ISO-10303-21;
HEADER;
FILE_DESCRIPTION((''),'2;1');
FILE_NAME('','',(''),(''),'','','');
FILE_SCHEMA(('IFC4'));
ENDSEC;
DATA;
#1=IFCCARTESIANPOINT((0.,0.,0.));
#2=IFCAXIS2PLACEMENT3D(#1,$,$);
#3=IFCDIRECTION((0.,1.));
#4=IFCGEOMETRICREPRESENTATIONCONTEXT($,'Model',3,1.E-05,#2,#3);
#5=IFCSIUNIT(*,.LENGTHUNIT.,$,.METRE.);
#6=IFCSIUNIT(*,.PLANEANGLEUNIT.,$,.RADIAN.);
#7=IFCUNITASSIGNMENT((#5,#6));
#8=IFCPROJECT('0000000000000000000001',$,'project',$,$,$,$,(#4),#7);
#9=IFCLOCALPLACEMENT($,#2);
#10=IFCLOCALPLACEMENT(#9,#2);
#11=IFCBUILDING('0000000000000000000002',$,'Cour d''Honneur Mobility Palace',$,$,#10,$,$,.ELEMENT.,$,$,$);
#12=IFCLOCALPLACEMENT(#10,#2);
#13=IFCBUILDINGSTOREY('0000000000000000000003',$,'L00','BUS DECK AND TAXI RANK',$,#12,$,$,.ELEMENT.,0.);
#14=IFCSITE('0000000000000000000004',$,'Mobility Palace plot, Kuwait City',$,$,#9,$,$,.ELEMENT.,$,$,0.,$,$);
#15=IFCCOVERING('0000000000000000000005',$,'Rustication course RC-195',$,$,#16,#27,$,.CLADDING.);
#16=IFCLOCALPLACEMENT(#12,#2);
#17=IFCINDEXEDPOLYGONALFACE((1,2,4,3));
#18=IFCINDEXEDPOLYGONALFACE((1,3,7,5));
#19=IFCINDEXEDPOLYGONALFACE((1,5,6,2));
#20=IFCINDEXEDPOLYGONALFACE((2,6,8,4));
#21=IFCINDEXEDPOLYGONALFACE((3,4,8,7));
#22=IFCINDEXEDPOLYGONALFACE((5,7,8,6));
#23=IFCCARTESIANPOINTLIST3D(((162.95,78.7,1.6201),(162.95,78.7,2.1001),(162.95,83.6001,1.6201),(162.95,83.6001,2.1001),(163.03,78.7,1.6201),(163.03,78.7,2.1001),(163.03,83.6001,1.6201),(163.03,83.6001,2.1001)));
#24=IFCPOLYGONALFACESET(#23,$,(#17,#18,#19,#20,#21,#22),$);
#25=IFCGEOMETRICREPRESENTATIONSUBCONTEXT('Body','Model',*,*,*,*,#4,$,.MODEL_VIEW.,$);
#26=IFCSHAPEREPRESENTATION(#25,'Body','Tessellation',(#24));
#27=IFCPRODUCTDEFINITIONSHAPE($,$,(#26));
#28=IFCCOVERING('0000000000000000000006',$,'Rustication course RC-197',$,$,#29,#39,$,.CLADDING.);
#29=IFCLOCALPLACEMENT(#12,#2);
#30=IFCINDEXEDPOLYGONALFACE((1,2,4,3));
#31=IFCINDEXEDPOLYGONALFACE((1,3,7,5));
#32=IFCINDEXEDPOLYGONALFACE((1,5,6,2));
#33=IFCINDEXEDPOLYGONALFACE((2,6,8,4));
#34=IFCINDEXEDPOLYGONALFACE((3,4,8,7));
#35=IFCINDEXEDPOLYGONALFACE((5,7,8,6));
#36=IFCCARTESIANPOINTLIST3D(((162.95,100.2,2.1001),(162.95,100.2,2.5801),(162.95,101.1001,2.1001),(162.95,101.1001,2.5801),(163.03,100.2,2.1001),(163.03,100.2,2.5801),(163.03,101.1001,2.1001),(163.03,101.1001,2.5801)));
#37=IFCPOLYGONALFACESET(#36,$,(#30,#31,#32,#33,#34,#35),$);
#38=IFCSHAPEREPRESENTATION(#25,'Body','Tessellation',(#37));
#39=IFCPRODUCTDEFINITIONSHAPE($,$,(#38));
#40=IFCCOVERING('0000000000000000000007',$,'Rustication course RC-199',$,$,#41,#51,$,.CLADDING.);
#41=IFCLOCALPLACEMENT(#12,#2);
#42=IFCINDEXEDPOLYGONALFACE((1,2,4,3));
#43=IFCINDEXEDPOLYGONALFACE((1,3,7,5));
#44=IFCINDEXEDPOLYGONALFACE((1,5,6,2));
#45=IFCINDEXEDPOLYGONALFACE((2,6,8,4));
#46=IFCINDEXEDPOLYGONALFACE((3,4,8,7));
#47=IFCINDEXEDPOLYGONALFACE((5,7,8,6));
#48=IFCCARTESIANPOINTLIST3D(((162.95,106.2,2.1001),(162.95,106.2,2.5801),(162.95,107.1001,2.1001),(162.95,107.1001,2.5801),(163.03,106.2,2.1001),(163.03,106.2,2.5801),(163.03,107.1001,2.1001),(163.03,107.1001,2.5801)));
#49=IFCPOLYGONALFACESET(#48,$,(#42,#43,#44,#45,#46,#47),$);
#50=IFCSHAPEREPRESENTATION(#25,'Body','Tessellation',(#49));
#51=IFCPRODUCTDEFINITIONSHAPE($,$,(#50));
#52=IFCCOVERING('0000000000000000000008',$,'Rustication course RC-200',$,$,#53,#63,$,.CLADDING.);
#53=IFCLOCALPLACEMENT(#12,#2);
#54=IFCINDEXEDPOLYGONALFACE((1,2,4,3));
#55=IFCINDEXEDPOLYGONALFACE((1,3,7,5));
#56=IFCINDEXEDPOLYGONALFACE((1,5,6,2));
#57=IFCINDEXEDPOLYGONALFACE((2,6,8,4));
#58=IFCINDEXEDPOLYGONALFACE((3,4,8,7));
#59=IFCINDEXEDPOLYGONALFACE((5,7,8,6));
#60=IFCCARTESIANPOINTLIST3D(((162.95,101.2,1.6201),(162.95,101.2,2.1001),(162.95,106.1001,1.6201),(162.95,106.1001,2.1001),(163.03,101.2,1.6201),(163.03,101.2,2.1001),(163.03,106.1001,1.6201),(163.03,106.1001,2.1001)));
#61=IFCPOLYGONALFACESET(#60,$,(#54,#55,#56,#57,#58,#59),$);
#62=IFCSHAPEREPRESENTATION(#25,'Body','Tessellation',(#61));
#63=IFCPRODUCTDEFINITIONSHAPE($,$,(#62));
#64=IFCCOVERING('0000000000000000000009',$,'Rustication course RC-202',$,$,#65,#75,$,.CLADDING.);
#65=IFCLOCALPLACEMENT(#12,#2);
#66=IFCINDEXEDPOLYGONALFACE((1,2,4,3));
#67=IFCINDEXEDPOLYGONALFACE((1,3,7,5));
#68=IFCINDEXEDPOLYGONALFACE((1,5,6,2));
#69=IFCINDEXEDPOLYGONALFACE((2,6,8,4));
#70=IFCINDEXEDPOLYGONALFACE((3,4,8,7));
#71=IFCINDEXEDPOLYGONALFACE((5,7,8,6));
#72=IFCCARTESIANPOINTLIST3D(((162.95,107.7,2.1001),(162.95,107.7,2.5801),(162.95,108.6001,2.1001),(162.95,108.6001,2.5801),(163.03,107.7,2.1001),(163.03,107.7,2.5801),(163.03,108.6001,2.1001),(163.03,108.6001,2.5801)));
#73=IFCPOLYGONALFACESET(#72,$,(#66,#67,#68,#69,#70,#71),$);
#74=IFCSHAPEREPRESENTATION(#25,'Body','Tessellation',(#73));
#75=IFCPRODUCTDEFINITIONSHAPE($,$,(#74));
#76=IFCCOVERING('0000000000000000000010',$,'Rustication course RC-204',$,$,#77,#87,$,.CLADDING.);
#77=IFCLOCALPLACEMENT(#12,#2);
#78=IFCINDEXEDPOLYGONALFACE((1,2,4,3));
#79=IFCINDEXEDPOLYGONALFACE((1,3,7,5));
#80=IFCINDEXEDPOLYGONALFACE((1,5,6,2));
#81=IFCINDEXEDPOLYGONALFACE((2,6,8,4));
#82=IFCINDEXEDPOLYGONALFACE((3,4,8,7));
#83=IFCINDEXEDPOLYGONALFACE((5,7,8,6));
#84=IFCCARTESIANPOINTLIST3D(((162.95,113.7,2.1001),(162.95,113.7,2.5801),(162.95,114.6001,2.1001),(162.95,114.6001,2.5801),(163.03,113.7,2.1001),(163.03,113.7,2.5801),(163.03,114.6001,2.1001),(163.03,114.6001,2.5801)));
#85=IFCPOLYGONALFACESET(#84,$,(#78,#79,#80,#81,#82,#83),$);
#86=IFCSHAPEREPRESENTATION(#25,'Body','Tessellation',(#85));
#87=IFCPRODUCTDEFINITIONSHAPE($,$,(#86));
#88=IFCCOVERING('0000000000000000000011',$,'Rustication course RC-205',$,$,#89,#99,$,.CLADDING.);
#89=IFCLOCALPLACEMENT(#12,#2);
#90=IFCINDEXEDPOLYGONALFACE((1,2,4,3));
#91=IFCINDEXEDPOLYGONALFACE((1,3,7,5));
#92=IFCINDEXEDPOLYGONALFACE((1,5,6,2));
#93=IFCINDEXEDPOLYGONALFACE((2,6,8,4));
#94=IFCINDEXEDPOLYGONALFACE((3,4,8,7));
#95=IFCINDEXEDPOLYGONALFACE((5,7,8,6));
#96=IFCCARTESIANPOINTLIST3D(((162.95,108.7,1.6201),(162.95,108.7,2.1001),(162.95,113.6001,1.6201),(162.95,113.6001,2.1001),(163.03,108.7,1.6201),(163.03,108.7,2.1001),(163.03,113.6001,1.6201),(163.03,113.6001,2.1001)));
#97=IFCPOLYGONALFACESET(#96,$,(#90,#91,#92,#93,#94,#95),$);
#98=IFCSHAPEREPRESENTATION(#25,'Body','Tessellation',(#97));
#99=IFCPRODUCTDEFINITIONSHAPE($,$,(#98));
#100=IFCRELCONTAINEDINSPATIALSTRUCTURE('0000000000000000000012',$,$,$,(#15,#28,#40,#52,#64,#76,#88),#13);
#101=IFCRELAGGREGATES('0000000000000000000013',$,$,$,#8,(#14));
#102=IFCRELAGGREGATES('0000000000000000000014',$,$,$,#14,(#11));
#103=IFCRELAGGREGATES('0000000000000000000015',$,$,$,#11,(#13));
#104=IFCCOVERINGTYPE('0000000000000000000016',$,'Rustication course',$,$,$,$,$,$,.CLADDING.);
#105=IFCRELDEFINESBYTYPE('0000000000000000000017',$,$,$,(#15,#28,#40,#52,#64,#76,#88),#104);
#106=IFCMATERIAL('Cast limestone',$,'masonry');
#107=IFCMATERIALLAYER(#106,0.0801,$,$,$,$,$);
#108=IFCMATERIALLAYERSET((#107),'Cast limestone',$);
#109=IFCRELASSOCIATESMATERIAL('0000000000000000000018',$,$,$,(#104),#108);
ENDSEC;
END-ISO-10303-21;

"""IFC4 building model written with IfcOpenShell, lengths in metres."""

from ifc_helpers import new_model, si_unit, direction, frame, origin, place, context, subcontext, project, spatial, polyline, outline, extrude, material, layer, layer_set, type_object, element, save


model = new_model("IFC4")

# Units and contexts
model_context = context("Model", 3, precision=1e-05, world=origin(), true_north=direction((0.0, 1.0)))
body_context = subcontext(model_context, "Body", "Model", "MODEL_VIEW")
ifc_project = project(units=[si_unit("LENGTHUNIT", "METRE"), si_unit("PLANEANGLEUNIT", "RADIAN")], contexts=[model_context])

# Site, building, storey
site_placement = place(None, origin())
site = spatial("IfcSite", under=ifc_project, at=site_placement, Name="Mobility Palace plot, Kuwait City", CompositionType="ELEMENT", RefElevation=0.0)
building_placement = place(site_placement, origin())
building = spatial("IfcBuilding", under=site, at=building_placement, Name="Cour d'Honneur Mobility Palace", CompositionType="ELEMENT")
storey_placement = place(building_placement, origin())
storey = spatial("IfcBuildingStorey", under=building, at=storey_placement, Name="L00", Description="BUS DECK AND TAXI RANK", CompositionType="ELEMENT", Elevation=0.0)

# Coverings
ifc_material = material(Name="Cast limestone", Category="masonry")
ifc_layer = layer(ifc_material, 0.0801)
ifc_layer_set = layer_set([ifc_layer], Name="Cast limestone")
covering_type = type_object("IfcCoveringType", Name="Rustication course", PredefinedType="CLADDING", material=ifc_layer_set)
covering_1_placement = place(storey_placement, frame((0.0, 0.0, 1.6201)))
element("IfcCovering", 1, at=covering_1_placement, inside=storey, type_object=covering_type, Name="Rustication course RC-195", PredefinedType="CLADDING", context=body_context, shape_type="SweptSolid", body=[
    extrude(outline(polyline([(162.95, 78.7), (162.95, 83.6001), (163.03, 83.6001), (163.03, 78.7), (162.95, 78.7)])), origin(), (0.0, 0.0, 1.0), 0.48),
])
covering_2_placement = place(storey_placement, frame((0.0, 0.0, 2.1001)))
element("IfcCovering", 2, at=covering_2_placement, inside=storey, type_object=covering_type, Name="Rustication course RC-197", PredefinedType="CLADDING", context=body_context, shape_type="SweptSolid", body=[
    extrude(outline(polyline([(162.95, 100.2), (162.95, 101.1001), (163.03, 101.1001), (163.03, 100.2), (162.95, 100.2)])), origin(), (0.0, 0.0, 1.0), 0.48),
])
covering_3_placement = place(storey_placement, frame((0.0, 0.0, 2.1001)))
element("IfcCovering", 3, at=covering_3_placement, inside=storey, type_object=covering_type, Name="Rustication course RC-199", PredefinedType="CLADDING", context=body_context, shape_type="SweptSolid", body=[
    extrude(outline(polyline([(162.95, 106.2), (162.95, 107.1001), (163.03, 107.1001), (163.03, 106.2), (162.95, 106.2)])), origin(), (0.0, 0.0, 1.0), 0.48),
])
covering_4_placement = place(storey_placement, frame((0.0, 0.0, 1.6201)))
element("IfcCovering", 4, at=covering_4_placement, inside=storey, type_object=covering_type, Name="Rustication course RC-200", PredefinedType="CLADDING", context=body_context, shape_type="SweptSolid", body=[
    extrude(outline(polyline([(162.95, 101.2), (162.95, 106.1001), (163.03, 106.1001), (163.03, 101.2), (162.95, 101.2)])), origin(), (0.0, 0.0, 1.0), 0.48),
])
covering_5_placement = place(storey_placement, frame((0.0, 0.0, 2.1001)))
element("IfcCovering", 5, at=covering_5_placement, inside=storey, type_object=covering_type, Name="Rustication course RC-202", PredefinedType="CLADDING", context=body_context, shape_type="SweptSolid", body=[
    extrude(outline(polyline([(162.95, 107.7), (162.95, 108.6001), (163.03, 108.6001), (163.03, 107.7), (162.95, 107.7)])), origin(), (0.0, 0.0, 1.0), 0.48),
])
covering_6_placement = place(storey_placement, frame((0.0, 0.0, 2.1001)))
element("IfcCovering", 6, at=covering_6_placement, inside=storey, type_object=covering_type, Name="Rustication course RC-204", PredefinedType="CLADDING", context=body_context, shape_type="SweptSolid", body=[
    extrude(outline(polyline([(162.95, 113.7), (162.95, 114.6001), (163.03, 114.6001), (163.03, 113.7), (162.95, 113.7)])), origin(), (0.0, 0.0, 1.0), 0.48),
])
covering_7_placement = place(storey_placement, frame((0.0, 0.0, 1.6201)))
element("IfcCovering", 7, at=covering_7_placement, inside=storey, type_object=covering_type, Name="Rustication course RC-205", PredefinedType="CLADDING", context=body_context, shape_type="SweptSolid", body=[
    extrude(outline(polyline([(162.95, 108.7), (162.95, 113.6001), (163.03, 113.6001), (163.03, 108.7), (162.95, 108.7)])), origin(), (0.0, 0.0, 1.0), 0.48),
])

save(model, "model.ifc")
